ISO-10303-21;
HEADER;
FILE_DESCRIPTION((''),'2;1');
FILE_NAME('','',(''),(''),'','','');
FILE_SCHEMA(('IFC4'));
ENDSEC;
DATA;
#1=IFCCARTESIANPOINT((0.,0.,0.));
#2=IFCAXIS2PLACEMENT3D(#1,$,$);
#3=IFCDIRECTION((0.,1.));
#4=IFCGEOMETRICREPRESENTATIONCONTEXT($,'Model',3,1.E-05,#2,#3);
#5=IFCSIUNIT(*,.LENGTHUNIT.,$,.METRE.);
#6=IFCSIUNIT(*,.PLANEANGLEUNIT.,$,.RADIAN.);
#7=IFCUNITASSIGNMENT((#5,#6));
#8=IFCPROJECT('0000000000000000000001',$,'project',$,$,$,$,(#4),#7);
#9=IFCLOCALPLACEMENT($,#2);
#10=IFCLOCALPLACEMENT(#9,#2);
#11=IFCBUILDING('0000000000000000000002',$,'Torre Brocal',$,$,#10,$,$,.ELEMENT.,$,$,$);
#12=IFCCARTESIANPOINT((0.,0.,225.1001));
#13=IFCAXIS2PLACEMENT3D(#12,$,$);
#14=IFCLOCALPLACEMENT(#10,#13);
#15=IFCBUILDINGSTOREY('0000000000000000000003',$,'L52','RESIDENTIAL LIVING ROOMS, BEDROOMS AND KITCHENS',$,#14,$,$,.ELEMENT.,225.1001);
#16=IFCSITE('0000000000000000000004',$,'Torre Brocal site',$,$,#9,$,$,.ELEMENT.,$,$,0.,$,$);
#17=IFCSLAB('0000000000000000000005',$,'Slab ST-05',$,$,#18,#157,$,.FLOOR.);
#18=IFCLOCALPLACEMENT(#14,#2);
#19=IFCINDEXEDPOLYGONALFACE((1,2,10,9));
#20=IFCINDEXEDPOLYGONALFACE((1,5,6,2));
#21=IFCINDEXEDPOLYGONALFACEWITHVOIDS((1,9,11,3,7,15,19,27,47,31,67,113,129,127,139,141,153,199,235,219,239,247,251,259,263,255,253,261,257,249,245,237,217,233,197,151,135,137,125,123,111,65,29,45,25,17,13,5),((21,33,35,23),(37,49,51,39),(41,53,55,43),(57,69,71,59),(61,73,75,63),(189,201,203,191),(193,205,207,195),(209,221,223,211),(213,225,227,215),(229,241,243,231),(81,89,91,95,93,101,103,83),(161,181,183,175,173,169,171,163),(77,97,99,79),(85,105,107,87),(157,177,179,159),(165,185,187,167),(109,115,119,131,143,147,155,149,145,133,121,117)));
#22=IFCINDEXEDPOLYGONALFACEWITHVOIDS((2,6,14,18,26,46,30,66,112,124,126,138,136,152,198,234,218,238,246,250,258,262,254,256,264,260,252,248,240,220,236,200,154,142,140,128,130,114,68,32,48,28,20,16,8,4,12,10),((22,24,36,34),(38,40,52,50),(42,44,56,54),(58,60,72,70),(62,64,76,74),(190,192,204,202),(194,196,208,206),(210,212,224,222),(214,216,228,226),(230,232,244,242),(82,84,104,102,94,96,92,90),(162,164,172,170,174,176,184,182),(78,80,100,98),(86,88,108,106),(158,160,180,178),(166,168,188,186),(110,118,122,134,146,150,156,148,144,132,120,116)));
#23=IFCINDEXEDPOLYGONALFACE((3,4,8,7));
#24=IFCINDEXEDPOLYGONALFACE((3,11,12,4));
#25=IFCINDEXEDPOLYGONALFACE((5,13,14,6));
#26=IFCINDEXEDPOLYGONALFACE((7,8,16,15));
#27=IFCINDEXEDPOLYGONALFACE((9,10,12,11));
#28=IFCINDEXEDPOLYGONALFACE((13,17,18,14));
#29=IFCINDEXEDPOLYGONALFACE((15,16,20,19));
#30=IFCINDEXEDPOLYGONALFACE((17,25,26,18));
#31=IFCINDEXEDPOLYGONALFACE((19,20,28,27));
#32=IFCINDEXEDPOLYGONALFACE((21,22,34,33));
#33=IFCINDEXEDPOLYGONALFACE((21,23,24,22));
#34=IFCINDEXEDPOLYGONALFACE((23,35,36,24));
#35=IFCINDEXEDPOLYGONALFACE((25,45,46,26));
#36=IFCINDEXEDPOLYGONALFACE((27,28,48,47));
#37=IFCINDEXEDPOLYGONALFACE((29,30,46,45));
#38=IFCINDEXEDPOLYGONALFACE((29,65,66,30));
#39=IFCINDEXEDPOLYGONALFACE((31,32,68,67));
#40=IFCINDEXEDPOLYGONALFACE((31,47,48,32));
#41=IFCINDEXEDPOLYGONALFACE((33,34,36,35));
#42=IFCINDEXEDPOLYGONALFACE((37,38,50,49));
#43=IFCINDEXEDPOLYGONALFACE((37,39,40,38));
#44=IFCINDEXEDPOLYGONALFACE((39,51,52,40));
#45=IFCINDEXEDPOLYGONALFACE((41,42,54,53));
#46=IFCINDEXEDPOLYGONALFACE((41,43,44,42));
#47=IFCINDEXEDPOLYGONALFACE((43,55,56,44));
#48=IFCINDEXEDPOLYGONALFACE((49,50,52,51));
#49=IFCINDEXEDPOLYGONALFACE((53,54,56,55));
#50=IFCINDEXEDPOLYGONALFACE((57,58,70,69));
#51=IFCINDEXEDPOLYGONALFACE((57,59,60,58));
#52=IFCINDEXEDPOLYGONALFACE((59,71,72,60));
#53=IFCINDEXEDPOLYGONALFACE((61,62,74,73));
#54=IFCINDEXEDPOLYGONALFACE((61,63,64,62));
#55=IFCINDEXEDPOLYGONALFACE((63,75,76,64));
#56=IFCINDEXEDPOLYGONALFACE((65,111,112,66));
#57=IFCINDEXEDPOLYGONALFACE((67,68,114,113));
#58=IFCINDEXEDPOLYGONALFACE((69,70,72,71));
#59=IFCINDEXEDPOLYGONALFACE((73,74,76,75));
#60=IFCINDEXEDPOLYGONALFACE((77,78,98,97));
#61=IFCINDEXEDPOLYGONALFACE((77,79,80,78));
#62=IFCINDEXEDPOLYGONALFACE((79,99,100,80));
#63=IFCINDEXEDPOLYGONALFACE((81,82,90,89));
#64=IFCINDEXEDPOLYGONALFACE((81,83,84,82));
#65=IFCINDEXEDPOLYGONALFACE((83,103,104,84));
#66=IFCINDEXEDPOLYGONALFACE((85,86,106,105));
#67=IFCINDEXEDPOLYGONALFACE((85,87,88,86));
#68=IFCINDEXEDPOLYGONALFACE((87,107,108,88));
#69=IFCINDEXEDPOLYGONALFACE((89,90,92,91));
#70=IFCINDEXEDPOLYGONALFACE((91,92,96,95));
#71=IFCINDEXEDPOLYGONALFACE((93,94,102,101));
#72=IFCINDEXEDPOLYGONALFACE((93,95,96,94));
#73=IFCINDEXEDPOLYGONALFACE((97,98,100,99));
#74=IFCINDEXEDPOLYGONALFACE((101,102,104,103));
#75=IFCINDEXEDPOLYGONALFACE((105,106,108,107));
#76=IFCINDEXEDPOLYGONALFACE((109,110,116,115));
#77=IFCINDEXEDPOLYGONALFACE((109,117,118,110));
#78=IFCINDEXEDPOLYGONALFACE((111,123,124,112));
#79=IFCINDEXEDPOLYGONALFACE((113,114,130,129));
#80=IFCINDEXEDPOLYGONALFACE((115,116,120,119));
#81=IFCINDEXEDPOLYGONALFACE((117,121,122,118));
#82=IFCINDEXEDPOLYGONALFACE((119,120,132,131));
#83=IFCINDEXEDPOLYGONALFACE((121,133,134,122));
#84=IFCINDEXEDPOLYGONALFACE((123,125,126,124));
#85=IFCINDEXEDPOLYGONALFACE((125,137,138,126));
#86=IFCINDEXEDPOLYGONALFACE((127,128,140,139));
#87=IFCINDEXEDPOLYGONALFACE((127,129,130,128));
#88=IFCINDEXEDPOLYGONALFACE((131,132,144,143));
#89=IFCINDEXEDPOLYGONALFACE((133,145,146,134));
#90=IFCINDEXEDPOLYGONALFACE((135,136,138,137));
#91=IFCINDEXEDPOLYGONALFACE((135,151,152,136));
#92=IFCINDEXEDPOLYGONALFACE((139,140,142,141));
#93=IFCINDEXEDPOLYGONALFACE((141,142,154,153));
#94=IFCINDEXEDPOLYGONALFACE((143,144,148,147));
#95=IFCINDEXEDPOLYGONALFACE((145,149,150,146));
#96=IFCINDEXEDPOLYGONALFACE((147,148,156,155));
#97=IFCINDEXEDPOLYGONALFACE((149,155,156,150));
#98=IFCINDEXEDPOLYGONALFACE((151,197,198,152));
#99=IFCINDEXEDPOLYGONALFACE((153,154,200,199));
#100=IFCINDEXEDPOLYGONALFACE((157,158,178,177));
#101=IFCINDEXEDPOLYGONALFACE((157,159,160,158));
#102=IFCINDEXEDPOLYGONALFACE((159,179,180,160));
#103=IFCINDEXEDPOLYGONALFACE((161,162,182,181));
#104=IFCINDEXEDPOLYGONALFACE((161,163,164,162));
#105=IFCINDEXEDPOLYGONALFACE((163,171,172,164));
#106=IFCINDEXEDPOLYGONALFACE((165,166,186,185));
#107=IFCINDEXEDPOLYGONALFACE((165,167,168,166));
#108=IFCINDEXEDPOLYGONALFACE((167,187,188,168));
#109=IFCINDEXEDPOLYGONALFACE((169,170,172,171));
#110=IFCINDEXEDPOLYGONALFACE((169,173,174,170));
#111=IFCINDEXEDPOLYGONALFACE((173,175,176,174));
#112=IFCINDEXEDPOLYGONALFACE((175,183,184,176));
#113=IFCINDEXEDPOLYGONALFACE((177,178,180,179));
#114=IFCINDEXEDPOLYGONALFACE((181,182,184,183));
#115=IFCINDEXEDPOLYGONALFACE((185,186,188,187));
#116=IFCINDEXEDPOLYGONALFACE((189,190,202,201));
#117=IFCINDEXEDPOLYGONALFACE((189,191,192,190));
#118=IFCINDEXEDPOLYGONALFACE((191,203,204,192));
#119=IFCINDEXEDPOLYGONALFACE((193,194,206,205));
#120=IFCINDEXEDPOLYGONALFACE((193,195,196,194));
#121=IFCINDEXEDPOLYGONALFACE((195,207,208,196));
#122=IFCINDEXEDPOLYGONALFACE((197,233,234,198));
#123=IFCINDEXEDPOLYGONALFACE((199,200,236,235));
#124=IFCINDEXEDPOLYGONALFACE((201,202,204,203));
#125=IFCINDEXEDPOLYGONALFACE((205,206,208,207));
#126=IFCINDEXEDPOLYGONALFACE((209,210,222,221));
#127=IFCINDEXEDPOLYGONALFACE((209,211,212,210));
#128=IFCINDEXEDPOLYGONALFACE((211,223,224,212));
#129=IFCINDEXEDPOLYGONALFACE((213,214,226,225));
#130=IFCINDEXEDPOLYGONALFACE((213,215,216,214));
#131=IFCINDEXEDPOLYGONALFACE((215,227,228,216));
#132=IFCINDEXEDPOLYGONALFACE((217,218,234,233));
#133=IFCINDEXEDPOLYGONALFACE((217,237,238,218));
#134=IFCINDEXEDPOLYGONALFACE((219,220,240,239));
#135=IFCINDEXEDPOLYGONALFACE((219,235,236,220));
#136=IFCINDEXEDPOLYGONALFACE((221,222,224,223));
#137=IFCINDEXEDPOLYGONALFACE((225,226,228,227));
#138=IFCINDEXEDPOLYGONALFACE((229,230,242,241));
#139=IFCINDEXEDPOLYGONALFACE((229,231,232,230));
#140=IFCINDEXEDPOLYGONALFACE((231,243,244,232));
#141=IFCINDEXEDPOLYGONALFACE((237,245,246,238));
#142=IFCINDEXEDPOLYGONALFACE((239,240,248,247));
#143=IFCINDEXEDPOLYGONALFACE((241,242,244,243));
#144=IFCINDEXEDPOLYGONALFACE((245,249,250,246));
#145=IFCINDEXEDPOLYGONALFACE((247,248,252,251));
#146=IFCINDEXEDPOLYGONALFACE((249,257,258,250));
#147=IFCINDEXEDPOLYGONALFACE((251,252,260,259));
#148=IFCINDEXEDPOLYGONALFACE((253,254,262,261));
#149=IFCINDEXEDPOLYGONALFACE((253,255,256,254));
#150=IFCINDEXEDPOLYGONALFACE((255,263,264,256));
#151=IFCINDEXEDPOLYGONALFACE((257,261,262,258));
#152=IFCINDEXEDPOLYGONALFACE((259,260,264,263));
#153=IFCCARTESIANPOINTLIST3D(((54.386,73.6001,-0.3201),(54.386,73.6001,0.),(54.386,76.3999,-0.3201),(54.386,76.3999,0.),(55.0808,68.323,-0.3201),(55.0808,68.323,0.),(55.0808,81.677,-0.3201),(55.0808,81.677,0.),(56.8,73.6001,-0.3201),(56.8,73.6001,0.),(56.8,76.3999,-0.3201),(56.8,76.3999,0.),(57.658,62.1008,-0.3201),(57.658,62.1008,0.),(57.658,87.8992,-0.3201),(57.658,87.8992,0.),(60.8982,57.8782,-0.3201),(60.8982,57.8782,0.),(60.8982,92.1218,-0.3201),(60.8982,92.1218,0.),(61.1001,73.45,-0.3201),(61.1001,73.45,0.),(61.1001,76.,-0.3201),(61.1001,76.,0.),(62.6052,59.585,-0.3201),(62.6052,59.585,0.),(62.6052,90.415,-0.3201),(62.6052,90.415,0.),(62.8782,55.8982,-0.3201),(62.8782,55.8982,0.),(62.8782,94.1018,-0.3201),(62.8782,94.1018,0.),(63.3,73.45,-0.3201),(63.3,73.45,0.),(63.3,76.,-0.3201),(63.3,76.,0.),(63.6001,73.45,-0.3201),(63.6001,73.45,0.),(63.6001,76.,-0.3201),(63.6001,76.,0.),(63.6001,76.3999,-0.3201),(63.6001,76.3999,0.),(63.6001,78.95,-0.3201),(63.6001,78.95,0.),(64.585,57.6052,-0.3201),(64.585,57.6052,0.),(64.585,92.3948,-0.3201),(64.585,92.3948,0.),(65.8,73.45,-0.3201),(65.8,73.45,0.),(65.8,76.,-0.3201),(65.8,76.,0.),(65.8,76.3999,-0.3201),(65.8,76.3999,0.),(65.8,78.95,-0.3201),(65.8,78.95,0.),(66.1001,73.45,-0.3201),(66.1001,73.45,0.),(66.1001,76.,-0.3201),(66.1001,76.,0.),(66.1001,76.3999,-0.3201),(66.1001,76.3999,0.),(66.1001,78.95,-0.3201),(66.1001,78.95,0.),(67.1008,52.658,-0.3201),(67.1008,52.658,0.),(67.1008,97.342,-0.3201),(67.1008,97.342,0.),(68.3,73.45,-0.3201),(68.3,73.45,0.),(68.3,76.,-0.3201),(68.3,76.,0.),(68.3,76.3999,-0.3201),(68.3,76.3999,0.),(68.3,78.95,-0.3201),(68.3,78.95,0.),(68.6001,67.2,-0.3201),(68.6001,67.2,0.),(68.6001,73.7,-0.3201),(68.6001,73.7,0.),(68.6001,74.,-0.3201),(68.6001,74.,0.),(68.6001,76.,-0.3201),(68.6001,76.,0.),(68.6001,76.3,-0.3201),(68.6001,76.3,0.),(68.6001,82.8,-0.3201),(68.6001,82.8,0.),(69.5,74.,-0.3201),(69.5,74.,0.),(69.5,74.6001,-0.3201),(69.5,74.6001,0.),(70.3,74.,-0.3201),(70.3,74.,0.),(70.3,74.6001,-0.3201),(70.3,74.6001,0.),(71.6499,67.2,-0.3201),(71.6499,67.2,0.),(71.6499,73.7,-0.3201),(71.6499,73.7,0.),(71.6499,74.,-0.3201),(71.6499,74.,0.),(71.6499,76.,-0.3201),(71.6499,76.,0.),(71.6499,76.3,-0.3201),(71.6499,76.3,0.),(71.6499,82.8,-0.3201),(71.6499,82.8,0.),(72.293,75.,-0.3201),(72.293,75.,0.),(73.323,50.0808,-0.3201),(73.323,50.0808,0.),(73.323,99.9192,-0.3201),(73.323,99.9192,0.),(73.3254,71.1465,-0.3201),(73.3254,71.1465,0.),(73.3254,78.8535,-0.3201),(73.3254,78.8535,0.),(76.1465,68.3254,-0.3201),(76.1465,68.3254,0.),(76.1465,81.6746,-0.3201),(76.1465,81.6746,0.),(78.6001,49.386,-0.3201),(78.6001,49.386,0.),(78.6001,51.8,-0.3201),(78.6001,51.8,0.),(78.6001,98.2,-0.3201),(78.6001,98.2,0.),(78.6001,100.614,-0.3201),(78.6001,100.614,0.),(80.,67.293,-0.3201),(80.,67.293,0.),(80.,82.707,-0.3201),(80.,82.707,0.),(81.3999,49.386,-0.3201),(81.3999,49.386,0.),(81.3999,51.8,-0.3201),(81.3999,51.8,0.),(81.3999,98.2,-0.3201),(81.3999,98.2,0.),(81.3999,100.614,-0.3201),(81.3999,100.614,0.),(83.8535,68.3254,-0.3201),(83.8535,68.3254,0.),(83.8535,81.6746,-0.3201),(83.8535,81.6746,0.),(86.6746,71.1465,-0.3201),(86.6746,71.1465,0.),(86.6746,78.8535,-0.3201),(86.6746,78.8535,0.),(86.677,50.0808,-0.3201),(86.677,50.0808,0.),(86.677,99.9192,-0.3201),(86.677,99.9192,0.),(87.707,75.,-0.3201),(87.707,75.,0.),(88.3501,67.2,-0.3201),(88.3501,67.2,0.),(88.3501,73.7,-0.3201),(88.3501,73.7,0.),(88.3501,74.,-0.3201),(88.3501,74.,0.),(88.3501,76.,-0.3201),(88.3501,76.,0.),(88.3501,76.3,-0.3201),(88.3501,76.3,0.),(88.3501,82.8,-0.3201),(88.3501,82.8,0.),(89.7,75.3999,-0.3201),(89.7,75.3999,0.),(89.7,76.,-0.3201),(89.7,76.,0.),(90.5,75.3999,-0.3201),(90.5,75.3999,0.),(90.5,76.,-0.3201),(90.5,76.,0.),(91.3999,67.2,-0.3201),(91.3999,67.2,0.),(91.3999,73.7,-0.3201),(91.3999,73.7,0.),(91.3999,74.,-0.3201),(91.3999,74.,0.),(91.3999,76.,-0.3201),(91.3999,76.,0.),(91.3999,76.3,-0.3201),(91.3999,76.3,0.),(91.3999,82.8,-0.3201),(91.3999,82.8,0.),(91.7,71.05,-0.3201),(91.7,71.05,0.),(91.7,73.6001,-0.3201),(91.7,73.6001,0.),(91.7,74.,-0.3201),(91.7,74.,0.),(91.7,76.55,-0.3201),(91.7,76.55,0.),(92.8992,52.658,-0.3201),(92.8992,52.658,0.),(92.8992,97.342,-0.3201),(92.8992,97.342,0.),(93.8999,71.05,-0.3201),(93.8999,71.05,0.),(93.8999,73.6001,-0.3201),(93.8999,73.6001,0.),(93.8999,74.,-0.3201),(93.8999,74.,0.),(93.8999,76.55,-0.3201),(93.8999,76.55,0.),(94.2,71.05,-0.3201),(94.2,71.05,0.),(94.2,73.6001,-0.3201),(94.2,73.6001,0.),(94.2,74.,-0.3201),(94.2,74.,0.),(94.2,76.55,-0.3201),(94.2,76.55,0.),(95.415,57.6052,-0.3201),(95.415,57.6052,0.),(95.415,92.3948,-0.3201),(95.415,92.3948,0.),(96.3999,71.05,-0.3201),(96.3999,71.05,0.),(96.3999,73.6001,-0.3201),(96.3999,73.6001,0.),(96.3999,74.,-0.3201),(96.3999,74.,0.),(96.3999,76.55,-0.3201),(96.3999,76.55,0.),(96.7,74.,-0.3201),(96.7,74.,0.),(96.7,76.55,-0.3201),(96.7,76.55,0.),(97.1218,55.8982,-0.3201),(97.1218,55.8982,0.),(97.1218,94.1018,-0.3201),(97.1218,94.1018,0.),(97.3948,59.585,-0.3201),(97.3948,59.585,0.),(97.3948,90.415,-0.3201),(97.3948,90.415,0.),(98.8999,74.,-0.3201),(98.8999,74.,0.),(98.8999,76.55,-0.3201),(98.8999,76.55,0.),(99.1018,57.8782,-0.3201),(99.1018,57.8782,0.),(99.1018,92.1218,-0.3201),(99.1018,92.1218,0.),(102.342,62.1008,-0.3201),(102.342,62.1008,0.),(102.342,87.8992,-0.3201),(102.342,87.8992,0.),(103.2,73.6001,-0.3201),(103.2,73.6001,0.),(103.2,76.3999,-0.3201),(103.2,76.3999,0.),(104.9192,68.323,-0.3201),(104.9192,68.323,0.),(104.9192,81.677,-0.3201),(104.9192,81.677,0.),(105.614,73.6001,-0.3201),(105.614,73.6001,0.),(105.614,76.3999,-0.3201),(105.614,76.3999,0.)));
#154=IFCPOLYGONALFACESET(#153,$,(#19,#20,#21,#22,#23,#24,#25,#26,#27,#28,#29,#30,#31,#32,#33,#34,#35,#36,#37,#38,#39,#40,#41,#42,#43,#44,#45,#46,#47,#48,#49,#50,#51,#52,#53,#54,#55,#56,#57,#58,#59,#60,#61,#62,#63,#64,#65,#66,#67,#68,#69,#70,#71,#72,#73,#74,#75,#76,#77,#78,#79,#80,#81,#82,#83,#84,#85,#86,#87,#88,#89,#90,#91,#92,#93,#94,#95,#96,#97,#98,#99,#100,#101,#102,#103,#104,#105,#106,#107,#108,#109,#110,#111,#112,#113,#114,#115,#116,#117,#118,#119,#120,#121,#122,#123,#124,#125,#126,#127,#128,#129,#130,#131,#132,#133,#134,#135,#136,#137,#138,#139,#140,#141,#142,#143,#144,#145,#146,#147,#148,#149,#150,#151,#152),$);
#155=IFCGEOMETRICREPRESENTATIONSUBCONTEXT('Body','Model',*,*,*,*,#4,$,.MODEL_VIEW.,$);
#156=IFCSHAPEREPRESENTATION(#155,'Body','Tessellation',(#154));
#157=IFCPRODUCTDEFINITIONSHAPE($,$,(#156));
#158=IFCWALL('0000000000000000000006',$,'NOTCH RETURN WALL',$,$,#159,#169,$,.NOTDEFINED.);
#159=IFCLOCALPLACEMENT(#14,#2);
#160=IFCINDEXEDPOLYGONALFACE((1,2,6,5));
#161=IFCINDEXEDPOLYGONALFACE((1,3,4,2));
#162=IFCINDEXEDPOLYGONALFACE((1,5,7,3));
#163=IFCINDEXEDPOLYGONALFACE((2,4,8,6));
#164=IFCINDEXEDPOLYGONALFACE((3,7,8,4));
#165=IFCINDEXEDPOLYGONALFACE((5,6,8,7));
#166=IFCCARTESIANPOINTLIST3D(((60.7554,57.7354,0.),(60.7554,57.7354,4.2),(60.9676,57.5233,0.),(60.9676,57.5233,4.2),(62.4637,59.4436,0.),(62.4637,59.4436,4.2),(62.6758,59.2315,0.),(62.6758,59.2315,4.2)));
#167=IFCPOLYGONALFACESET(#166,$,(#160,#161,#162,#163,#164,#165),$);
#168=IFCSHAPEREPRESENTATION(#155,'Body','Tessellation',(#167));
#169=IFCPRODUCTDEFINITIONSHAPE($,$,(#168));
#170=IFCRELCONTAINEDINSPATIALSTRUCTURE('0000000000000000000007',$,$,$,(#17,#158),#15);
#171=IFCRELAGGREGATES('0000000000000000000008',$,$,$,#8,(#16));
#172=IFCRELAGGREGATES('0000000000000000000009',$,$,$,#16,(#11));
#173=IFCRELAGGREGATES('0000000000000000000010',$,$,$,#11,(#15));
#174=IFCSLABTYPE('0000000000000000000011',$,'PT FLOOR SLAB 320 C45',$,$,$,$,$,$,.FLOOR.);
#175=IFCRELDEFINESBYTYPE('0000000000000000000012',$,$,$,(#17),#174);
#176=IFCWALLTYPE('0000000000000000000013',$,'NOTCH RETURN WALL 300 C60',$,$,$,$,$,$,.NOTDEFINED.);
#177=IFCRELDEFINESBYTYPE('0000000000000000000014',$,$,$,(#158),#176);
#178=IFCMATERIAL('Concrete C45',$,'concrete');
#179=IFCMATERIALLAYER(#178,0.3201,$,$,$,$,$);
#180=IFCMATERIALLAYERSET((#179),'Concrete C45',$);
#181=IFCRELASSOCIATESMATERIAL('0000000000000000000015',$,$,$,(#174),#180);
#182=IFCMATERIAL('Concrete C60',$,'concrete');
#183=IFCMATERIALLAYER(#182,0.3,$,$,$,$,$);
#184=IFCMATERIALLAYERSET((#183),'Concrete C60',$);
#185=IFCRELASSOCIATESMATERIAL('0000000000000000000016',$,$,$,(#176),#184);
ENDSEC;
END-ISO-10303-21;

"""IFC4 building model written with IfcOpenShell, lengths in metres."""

from ifc_helpers import new_model, si_unit, direction, frame, frame_2d, origin, place, context, subcontext, project, spatial, polyline, rectangle, outline, extrude, material, layer, layer_set, type_object, element, save


model = new_model("IFC4")

# Units and contexts
model_context = context("Model", 3, precision=1e-05, world=origin(), true_north=direction((0.0, 1.0)))
body_context = subcontext(model_context, "Body", "Model", "MODEL_VIEW")
ifc_project = project(units=[si_unit("LENGTHUNIT", "METRE"), si_unit("PLANEANGLEUNIT", "RADIAN")], contexts=[model_context])

# Site, building, storey
site_placement = place(None, origin())
site = spatial("IfcSite", under=ifc_project, at=site_placement, Name="Torre Brocal site", CompositionType="ELEMENT", RefElevation=0.0)
building_placement = place(site_placement, origin())
building = spatial("IfcBuilding", under=site, at=building_placement, Name="Torre Brocal", CompositionType="ELEMENT")
storey_placement = place(building_placement, frame((0.0, 0.0, 225.1001)))
storey = spatial("IfcBuildingStorey", under=building, at=storey_placement, Name="L52", Description="RESIDENTIAL LIVING ROOMS, BEDROOMS AND KITCHENS", CompositionType="ELEMENT", Elevation=225.1001)

# Slab
ifc_material_1 = material(Name="Concrete C45", Category="concrete")
ifc_layer_1 = layer(ifc_material_1, 0.3201)
ifc_layer_set_1 = layer_set([ifc_layer_1], Name="Concrete C45")
slab_type_1 = type_object("IfcSlabType", Name="PT FLOOR SLAB 320 C45", PredefinedType="FLOOR", material=ifc_layer_set_1)
slab_1_placement = place(storey_placement, frame((0.0, 0.0, -0.3201)))
element("IfcSlab", 1, at=slab_1_placement, inside=storey, type_object=slab_type_1, Name="Slab ST-05", PredefinedType="FLOOR", context=body_context, shape_type="SweptSolid", body=[
    extrude(outline(polyline([(103.2, 76.3999), (103.2, 73.6001), (105.614, 73.6001), (104.9192, 68.323), (102.342, 62.1008), (99.1018, 57.8782), (97.3948, 59.585), (95.415, 57.6052), (97.1218, 55.8982), (92.8992, 52.658), (86.677, 50.0808), (81.3999, 49.386), (81.3999, 51.8), (78.6001, 51.8), (78.6001, 49.386), (73.323, 50.0808), (67.1008, 52.658), (62.8782, 55.8982), (64.585, 57.6052), (62.6052, 59.585), (60.8982, 57.8782), (57.658, 62.1008), (55.0808, 68.323), (54.386, 73.6001), (56.8, 73.6001), (56.8, 76.3999), (54.386, 76.3999), (55.0808, 81.677), (57.658, 87.8992), (60.8982, 92.1218), (62.6052, 90.415), (64.585, 92.3948), (62.8782, 94.1018), (67.1008, 97.342), (73.323, 99.9192), (78.6001, 100.614), (78.6001, 98.2), (81.3999, 98.2), (81.3999, 100.614), (86.677, 99.9192), (92.8992, 97.342), (97.1218, 94.1018), (95.415, 92.3948), (97.3948, 90.415), (99.1018, 92.1218), (102.342, 87.8992), (104.9192, 81.677), (105.614, 76.3999), (103.2, 76.3999)]), holes=[polyline([(98.8999, 76.55), (96.7, 76.55), (96.7, 74.0), (98.8999, 74.0), (98.8999, 76.55)]), polyline([(96.3999, 76.55), (94.2, 76.55), (94.2, 74.0), (96.3999, 74.0), (96.3999, 76.55)]), polyline([(96.3999, 73.6001), (94.2, 73.6001), (94.2, 71.05), (96.3999, 71.05), (96.3999, 73.6001)]), polyline([(93.8999, 76.55), (91.7, 76.55), (91.7, 74.0), (93.8999, 74.0), (93.8999, 76.55)]), polyline([(93.8999, 73.6001), (91.7, 73.6001), (91.7, 71.05), (93.8999, 71.05), (93.8999, 73.6001)]), polyline([(89.7, 76.0), (88.3501, 76.0), (88.3501, 74.0), (91.3999, 74.0), (91.3999, 76.0), (90.5, 76.0), (90.5, 75.3999), (89.7, 75.3999), (89.7, 76.0)]), polyline([(91.3999, 82.8), (88.3501, 82.8), (88.3501, 76.3), (91.3999, 76.3), (91.3999, 82.8)]), polyline([(91.3999, 73.7), (88.3501, 73.7), (88.3501, 67.2), (91.3999, 67.2), (91.3999, 73.7)]), polyline([(80.0, 82.707), (76.1465, 81.6746), (73.3254, 78.8535), (72.293, 75.0), (73.3254, 71.1465), (76.1465, 68.3254), (80.0, 67.293), (83.8535, 68.3254), (86.6746, 71.1465), (87.707, 75.0), (86.6746, 78.8535), (83.8535, 81.6746), (80.0, 82.707)]), polyline([(70.3, 74.0), (71.6499, 74.0), (71.6499, 76.0), (68.6001, 76.0), (68.6001, 74.0), (69.5, 74.0), (69.5, 74.6001), (70.3, 74.6001), (70.3, 74.0)]), polyline([(68.6001, 76.3), (71.6499, 76.3), (71.6499, 82.8), (68.6001, 82.8), (68.6001, 76.3)]), polyline([(68.6001, 67.2), (71.6499, 67.2), (71.6499, 73.7), (68.6001, 73.7), (68.6001, 67.2)]), polyline([(66.1001, 76.3999), (68.3, 76.3999), (68.3, 78.95), (66.1001, 78.95), (66.1001, 76.3999)]), polyline([(66.1001, 73.45), (68.3, 73.45), (68.3, 76.0), (66.1001, 76.0), (66.1001, 73.45)]), polyline([(63.6001, 76.3999), (65.8, 76.3999), (65.8, 78.95), (63.6001, 78.95), (63.6001, 76.3999)]), polyline([(63.6001, 73.45), (65.8, 73.45), (65.8, 76.0), (63.6001, 76.0), (63.6001, 73.45)]), polyline([(61.1001, 73.45), (63.3, 73.45), (63.3, 76.0), (61.1001, 76.0), (61.1001, 73.45)])]), origin(), (0.0, 0.0, 1.0), 0.3201),
])

# Wall
ifc_material_2 = material(Name="Concrete C60", Category="concrete")
ifc_layer_2 = layer(ifc_material_2, 0.3)
ifc_layer_set_2 = layer_set([ifc_layer_2], Name="Concrete C60")
wall_type_1 = type_object("IfcWallType", Name="NOTCH RETURN WALL 300 C60", PredefinedType="NOTDEFINED", material=ifc_layer_set_2)
for number, where, z_axis, x_axis, name in (
    (2, (62.5698, 59.3376, 0.0), (0.0, 0.0, 1.0), (-0.707107, -0.707107, 0.0), "NOTCH RETURN WALL"),
):
    element("IfcWall", number, at=place(storey_placement, frame(where, z_axis=z_axis, x_axis=x_axis)), inside=storey, type_object=wall_type_1, Name=name, PredefinedType="NOTDEFINED", context=body_context, shape_type="SweptSolid", body=[
        extrude(rectangle(XDim=2.4158, YDim=0.3, at=frame_2d((1.208, 0.0))), origin(), (0.0, 0.0, 1.0), 4.2),
    ])

save(model, "model.ifc")
